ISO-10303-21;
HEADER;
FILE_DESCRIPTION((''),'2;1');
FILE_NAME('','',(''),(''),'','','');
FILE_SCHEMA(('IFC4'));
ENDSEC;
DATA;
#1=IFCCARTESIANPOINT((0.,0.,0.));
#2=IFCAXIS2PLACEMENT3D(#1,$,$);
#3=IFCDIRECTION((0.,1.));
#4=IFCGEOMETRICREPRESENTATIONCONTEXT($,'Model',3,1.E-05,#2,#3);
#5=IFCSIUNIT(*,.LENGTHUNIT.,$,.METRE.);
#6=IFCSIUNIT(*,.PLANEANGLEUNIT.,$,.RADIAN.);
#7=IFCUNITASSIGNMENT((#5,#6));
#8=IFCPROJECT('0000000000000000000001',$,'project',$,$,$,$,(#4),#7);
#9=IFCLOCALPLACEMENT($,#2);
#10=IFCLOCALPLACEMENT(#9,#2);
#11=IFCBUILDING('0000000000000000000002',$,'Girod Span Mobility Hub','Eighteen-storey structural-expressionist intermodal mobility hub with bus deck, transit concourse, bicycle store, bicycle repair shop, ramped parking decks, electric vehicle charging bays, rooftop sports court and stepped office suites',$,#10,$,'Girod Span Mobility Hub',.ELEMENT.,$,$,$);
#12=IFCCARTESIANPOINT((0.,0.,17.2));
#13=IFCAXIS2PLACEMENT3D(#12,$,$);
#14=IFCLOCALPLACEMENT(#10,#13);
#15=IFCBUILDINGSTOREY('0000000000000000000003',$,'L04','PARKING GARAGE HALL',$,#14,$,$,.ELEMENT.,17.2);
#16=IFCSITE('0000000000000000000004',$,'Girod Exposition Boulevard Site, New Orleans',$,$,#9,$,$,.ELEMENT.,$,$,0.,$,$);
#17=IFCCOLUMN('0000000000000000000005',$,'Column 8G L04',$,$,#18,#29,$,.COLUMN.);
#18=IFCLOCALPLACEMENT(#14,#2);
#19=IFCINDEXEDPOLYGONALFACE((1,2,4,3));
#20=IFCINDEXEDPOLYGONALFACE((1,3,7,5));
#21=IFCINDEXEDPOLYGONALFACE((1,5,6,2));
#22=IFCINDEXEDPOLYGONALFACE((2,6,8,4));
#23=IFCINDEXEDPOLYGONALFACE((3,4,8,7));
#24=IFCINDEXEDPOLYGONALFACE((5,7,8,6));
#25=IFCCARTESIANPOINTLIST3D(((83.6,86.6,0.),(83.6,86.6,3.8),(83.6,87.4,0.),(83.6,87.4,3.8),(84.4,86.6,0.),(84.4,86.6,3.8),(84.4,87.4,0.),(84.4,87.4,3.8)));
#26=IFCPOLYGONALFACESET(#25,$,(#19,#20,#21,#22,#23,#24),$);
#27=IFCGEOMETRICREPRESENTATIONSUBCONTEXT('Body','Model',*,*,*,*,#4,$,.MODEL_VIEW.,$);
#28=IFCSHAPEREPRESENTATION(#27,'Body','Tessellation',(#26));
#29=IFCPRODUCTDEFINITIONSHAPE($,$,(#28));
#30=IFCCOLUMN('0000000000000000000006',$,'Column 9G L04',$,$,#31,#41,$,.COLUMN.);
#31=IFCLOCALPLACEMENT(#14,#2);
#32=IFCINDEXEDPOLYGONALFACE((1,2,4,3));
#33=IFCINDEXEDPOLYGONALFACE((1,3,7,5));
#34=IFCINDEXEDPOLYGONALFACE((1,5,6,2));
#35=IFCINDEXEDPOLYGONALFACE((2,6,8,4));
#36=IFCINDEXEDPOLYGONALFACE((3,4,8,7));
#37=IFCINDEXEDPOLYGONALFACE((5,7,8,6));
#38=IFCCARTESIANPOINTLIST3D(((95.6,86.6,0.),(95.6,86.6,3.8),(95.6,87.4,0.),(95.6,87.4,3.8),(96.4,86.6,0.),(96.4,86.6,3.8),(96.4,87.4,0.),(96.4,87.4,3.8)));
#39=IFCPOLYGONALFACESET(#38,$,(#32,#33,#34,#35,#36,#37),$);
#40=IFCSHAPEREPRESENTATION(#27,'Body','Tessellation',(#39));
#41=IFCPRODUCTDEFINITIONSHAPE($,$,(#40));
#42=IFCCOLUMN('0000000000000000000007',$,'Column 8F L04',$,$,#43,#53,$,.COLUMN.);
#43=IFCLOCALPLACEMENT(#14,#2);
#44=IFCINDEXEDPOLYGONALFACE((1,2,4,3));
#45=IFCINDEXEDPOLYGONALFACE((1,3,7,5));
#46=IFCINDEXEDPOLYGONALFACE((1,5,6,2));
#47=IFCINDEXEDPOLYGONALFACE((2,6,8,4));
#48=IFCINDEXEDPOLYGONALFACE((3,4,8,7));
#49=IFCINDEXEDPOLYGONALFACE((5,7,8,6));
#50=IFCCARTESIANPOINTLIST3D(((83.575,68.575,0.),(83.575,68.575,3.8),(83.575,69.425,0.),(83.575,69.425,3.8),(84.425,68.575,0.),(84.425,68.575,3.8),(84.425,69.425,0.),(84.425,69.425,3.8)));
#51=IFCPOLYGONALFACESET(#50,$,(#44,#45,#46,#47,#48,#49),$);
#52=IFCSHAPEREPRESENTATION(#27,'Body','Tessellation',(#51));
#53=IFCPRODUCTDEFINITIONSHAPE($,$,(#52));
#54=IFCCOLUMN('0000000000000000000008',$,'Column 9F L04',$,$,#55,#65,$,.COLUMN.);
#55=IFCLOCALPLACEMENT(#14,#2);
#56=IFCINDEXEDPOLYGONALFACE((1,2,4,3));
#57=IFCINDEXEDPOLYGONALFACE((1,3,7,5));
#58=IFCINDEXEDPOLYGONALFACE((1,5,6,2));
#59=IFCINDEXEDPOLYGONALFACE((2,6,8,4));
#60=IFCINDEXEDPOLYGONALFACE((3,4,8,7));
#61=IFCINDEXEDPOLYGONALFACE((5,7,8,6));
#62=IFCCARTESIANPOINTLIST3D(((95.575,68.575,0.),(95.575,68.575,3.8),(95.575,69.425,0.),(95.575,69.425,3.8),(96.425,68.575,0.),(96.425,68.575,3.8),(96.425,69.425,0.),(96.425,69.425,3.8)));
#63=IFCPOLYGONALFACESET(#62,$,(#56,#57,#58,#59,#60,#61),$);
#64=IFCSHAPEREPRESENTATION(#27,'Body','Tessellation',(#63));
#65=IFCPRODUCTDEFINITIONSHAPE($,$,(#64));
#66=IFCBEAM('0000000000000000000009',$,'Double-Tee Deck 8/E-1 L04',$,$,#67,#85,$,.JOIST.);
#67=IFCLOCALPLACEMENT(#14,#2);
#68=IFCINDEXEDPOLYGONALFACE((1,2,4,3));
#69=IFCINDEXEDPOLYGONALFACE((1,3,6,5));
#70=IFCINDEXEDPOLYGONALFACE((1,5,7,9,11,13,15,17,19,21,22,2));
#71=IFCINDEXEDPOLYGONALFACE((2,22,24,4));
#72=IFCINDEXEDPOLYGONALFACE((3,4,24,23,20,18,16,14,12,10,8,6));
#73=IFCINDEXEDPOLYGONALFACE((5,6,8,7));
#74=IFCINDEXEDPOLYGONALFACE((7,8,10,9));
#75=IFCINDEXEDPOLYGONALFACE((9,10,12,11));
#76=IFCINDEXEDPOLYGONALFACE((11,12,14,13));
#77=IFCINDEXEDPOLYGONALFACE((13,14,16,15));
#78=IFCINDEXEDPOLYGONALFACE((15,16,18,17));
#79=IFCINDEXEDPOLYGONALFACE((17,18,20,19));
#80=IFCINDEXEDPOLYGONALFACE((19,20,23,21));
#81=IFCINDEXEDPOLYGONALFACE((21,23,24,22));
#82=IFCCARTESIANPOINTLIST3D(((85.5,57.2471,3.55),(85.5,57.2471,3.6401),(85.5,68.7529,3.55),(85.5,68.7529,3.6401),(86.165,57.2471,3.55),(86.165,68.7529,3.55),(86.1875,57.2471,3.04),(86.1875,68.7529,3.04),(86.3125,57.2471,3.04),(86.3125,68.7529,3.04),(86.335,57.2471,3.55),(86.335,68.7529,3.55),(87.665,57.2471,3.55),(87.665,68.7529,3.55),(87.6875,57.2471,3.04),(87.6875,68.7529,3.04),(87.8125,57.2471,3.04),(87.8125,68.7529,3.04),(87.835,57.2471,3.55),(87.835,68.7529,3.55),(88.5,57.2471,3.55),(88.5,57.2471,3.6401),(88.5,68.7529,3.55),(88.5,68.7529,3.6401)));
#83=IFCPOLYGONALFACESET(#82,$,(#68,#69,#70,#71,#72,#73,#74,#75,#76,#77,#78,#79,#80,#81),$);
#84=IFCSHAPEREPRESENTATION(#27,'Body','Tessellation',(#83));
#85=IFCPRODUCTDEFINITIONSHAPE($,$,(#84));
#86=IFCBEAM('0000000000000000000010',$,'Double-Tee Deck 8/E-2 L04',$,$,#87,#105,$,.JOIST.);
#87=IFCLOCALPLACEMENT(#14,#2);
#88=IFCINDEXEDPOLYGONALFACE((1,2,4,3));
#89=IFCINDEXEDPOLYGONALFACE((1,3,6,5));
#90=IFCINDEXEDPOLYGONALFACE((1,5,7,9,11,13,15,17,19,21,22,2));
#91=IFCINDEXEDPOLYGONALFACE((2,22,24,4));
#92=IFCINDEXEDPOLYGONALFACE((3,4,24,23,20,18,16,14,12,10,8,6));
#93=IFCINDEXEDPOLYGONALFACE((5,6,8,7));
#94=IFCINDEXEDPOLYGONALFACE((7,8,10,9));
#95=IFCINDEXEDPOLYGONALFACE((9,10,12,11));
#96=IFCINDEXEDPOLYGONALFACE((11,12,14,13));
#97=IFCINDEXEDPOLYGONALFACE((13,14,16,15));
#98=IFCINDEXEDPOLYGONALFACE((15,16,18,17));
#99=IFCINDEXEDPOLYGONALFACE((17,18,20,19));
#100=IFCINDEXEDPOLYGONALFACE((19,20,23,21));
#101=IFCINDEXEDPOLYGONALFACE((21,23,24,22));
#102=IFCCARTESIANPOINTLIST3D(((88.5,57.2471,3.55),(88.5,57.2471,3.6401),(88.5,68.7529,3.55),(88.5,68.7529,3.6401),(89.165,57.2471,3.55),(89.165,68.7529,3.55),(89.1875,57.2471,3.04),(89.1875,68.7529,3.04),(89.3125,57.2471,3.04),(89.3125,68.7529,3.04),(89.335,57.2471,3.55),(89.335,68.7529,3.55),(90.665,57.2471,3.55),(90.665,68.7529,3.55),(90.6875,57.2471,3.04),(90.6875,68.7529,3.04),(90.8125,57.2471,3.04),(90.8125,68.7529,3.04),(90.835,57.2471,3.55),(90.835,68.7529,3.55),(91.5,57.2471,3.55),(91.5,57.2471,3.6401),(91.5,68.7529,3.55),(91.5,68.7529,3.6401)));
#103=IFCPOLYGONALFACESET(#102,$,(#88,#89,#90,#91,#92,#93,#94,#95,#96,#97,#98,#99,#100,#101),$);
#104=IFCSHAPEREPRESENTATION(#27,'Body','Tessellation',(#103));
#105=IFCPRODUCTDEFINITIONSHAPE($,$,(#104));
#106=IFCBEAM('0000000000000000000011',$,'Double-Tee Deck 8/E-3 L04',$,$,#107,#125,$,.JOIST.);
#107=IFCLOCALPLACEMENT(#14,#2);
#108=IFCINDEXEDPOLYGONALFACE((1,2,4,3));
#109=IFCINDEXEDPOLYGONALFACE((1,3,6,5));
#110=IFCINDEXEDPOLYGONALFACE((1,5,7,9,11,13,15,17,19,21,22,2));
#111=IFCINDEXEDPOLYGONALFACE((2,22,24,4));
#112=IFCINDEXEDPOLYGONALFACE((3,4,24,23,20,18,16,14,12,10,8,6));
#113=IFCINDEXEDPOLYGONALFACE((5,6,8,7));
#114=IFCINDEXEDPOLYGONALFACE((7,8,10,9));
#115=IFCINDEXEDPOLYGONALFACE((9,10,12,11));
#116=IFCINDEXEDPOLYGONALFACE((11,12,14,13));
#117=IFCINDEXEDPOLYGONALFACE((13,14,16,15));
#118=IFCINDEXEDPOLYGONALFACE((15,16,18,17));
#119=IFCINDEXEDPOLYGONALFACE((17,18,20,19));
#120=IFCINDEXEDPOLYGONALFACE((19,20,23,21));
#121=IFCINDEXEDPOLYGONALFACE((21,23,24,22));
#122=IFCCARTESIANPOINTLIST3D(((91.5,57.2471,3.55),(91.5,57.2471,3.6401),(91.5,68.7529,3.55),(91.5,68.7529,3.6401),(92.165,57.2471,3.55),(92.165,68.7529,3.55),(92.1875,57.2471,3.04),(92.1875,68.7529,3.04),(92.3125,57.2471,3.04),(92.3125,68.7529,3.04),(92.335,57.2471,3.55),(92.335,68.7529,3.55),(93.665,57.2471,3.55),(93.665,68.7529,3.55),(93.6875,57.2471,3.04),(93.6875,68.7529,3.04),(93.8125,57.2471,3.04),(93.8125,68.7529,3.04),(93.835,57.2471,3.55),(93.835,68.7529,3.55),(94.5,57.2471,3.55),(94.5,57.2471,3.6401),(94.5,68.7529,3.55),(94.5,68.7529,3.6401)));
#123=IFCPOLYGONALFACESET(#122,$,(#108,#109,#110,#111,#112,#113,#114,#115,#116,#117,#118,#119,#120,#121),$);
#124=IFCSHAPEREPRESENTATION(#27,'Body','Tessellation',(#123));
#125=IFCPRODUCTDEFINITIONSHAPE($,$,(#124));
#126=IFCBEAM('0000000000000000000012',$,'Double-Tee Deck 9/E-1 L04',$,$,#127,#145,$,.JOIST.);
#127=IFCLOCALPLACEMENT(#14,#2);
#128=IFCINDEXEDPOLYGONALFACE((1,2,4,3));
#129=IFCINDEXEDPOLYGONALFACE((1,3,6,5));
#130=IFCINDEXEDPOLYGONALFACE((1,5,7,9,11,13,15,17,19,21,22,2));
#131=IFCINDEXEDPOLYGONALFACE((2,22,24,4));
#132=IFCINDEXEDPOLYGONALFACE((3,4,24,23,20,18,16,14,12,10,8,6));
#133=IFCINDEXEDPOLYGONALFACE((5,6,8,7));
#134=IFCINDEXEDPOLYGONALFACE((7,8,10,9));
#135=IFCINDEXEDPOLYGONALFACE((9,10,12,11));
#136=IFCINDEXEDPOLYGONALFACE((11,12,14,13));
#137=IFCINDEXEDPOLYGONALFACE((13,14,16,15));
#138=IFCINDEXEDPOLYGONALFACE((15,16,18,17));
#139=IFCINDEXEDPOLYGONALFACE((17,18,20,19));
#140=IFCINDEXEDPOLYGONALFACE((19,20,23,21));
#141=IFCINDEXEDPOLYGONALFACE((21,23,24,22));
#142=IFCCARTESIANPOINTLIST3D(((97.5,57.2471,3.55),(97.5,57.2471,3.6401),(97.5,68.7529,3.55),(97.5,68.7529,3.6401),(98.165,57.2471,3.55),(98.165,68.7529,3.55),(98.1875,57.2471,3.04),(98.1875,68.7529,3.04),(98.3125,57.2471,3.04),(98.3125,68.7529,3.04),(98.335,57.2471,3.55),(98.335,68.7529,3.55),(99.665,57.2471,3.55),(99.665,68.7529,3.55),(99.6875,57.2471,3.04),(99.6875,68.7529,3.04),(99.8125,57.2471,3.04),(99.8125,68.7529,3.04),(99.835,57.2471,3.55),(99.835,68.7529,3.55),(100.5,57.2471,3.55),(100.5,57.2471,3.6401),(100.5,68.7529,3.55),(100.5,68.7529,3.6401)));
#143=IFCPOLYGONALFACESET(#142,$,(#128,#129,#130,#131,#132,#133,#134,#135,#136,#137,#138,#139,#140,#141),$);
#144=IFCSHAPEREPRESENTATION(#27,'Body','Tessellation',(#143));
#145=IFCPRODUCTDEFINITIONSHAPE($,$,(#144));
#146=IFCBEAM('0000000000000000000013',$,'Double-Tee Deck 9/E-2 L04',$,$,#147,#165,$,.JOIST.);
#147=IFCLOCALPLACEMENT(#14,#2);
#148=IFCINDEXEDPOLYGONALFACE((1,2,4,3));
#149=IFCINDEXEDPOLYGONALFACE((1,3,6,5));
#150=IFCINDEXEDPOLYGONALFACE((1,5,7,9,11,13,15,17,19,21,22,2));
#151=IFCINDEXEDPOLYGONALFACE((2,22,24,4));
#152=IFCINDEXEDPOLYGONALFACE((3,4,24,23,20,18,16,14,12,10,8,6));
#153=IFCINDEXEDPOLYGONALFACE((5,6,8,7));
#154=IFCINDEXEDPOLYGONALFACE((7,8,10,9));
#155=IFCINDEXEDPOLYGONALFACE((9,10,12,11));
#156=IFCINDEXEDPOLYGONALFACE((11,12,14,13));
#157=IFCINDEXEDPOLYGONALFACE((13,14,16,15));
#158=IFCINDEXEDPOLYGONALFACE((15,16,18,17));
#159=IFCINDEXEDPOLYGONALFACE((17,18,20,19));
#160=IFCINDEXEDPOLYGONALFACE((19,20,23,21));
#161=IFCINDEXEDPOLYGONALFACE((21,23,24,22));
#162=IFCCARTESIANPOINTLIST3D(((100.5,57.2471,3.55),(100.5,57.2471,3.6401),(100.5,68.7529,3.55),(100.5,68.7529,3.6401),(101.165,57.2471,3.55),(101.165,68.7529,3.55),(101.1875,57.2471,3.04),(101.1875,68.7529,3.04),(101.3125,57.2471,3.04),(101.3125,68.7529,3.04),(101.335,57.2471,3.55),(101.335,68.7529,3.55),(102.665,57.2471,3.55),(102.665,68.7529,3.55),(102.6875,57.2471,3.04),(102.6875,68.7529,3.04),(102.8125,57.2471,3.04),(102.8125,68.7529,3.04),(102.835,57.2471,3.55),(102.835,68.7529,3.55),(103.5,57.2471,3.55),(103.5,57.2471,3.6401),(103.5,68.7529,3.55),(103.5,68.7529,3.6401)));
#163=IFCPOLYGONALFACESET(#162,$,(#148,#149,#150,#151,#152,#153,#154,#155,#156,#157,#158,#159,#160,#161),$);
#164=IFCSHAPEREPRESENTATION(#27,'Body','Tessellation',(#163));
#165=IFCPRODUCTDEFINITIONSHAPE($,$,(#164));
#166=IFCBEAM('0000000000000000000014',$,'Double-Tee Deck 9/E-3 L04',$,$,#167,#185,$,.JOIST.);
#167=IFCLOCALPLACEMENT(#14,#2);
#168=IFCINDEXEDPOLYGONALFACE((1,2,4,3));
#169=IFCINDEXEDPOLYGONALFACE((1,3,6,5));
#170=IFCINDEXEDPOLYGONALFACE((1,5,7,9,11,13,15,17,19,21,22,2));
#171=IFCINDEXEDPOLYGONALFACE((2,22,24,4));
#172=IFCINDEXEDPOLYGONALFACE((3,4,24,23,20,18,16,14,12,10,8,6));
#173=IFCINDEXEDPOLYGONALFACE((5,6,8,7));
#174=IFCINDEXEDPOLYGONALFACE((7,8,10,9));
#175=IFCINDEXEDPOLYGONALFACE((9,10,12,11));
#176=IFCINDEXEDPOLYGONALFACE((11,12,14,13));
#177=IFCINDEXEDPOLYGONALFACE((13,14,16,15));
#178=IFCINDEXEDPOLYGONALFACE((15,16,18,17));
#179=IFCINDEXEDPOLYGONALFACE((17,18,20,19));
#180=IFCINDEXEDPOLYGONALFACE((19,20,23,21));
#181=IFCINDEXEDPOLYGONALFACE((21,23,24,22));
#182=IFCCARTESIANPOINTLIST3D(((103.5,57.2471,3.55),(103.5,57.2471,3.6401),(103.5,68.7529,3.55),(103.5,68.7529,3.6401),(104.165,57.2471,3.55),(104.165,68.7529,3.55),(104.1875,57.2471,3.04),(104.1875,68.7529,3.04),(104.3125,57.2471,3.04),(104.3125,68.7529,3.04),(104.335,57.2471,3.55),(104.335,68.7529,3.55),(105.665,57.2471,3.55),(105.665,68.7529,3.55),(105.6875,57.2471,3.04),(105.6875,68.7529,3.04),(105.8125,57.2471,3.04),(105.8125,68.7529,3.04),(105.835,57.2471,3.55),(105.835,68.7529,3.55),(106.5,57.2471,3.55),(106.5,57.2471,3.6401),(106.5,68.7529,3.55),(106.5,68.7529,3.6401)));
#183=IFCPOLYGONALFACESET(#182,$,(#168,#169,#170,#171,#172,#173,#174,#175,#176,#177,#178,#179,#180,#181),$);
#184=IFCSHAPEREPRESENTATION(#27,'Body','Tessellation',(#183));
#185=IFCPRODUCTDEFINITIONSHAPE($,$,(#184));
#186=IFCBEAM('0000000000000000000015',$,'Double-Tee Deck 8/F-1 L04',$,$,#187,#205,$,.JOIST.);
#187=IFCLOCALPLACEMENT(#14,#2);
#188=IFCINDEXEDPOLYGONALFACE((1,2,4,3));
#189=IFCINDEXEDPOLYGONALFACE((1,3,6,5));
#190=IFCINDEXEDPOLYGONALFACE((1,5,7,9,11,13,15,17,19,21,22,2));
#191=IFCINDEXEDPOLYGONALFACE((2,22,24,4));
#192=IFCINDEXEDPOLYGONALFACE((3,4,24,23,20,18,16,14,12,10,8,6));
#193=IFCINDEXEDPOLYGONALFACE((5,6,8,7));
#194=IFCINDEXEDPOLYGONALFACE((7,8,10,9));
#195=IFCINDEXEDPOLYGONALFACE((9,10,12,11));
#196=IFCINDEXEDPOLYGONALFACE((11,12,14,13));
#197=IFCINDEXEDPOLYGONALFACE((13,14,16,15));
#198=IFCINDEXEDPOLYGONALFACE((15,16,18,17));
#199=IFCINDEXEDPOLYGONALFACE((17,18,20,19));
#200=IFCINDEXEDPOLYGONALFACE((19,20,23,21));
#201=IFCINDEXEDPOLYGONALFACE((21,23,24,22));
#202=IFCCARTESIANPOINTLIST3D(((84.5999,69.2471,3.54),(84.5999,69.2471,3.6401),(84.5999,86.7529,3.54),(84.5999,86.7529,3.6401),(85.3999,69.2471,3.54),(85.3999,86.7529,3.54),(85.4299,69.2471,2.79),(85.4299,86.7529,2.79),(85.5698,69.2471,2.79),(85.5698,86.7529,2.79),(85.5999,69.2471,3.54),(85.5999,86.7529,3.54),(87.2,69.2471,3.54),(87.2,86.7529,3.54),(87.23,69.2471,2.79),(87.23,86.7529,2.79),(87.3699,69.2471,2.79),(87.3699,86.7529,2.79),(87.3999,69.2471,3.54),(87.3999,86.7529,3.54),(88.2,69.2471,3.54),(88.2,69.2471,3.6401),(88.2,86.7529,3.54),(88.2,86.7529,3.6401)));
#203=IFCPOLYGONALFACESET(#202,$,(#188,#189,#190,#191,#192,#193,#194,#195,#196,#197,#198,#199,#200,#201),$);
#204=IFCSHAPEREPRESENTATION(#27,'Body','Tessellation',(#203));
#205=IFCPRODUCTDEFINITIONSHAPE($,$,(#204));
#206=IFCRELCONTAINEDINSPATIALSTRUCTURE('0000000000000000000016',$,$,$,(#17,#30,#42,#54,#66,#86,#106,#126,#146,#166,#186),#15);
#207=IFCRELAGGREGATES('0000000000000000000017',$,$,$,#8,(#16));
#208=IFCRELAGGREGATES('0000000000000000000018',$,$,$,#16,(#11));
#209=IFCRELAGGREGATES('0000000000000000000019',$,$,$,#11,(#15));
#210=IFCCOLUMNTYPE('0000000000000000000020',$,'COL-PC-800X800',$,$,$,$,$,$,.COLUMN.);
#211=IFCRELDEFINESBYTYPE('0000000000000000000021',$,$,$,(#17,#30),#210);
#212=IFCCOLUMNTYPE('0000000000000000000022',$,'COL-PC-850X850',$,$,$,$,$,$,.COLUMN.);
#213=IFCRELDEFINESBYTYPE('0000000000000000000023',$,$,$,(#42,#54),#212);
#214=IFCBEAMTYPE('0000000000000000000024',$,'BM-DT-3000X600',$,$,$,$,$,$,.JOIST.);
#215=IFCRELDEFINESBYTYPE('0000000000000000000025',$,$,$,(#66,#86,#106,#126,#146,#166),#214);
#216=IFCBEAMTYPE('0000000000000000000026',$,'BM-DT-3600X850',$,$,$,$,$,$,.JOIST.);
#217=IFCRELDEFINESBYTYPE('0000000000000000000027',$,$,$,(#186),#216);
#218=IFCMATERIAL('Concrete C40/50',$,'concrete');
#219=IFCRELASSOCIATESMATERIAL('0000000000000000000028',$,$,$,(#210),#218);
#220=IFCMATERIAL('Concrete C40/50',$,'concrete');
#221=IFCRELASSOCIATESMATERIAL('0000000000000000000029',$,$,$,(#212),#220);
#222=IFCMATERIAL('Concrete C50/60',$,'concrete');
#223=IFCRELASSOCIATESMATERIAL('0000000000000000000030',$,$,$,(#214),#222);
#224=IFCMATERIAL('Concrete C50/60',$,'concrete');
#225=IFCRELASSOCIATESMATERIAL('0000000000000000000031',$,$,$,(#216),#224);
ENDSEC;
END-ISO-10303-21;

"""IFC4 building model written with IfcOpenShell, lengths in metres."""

from ifc_helpers import new_model, si_unit, direction, frame, origin, origin_2d, place, context, subcontext, project, spatial, polyline, rectangle, outline, extrude, material, material_profile, profile_set, type_object, element, save


model = new_model("IFC4")

# Units and contexts
model_context = context("Model", 3, precision=1e-05, world=origin(), true_north=direction((0.0, 1.0)))
body_context = subcontext(model_context, "Body", "Model", "MODEL_VIEW")
ifc_project = project(units=[si_unit("LENGTHUNIT", "METRE"), si_unit("PLANEANGLEUNIT", "RADIAN")], contexts=[model_context])

# Site, building, storey
site_placement = place(None, origin())
site = spatial("IfcSite", under=ifc_project, at=site_placement, Name="Girod Exposition Boulevard Site, New Orleans", CompositionType="ELEMENT", RefElevation=0.0)
building_placement = place(site_placement, origin())
building = spatial("IfcBuilding", under=site, at=building_placement, Name="Girod Span Mobility Hub", Description="Eighteen-storey structural-expressionist intermodal mobility hub with bus deck, transit concourse, bicycle store, bicycle repair shop, ramped parking decks, electric vehicle charging bays, rooftop sports court and stepped office suites", LongName="Girod Span Mobility Hub", CompositionType="ELEMENT")
storey_placement = place(building_placement, frame((0.0, 0.0, 17.2)))
storey = spatial("IfcBuildingStorey", under=building, at=storey_placement, Name="L04", Description="PARKING GARAGE HALL", CompositionType="ELEMENT", Elevation=17.2)

# Columns
ifc_material_1 = material(Name="Concrete C40/50", Category="concrete")
ifc_material_profile_1 = material_profile(ifc_material_1, rectangle(XDim=0.8, YDim=0.8, at=origin_2d()), Name="PC-COL-800X800")
ifc_profile_set_1 = profile_set([ifc_material_profile_1], Name="Concrete C40/50")
column_type_1 = type_object("IfcColumnType", Name="COL-PC-800X800", PredefinedType="COLUMN", material=ifc_profile_set_1)
for number, where, z_axis, x_axis, name in (
    (1, (84.0, 87.0, 0.0), (0.0, 0.0, 1.0), (1.0, 0.0, 0.0), "Column 8G L04"),
    (2, (96.0, 87.0, 0.0), (0.0, 0.0, 1.0), (1.0, 0.0, 0.0), "Column 9G L04"),
):
    element("IfcColumn", number, at=place(storey_placement, frame(where, z_axis=z_axis, x_axis=x_axis)), inside=storey, type_object=column_type_1, Name=name, PredefinedType="COLUMN", context=body_context, shape_type="SweptSolid", body=[
        extrude(rectangle(XDim=0.8, YDim=0.8, at=origin_2d()), origin(), (0.0, 0.0, 1.0), 3.8),
    ])
ifc_material_2 = material(Name="Concrete C40/50", Category="concrete")
ifc_material_profile_2 = material_profile(ifc_material_2, rectangle(XDim=0.8501, YDim=0.8501, at=origin_2d()), Name="PC-COL-850X850")
ifc_profile_set_2 = profile_set([ifc_material_profile_2], Name="Concrete C40/50")
column_type_2 = type_object("IfcColumnType", Name="COL-PC-850X850", PredefinedType="COLUMN", material=ifc_profile_set_2)
for number, where, z_axis, x_axis, name in (
    (3, (84.0, 69.0, 0.0), (0.0, 0.0, 1.0), (1.0, 0.0, 0.0), "Column 8F L04"),
    (4, (96.0, 69.0, 0.0), (0.0, 0.0, 1.0), (1.0, 0.0, 0.0), "Column 9F L04"),
):
    element("IfcColumn", number, at=place(storey_placement, frame(where, z_axis=z_axis, x_axis=x_axis)), inside=storey, type_object=column_type_2, Name=name, PredefinedType="COLUMN", context=body_context, shape_type="SweptSolid", body=[
        extrude(rectangle(XDim=0.8501, YDim=0.8501, at=origin_2d()), origin(), (0.0, 0.0, 1.0), 3.8),
    ])

# Beams
ifc_material_3 = material(Name="Concrete C50/60", Category="concrete")
ifc_material_profile_3 = material_profile(ifc_material_3, outline(polyline([(-1.5, 0.3), (-1.5, 0.21), (-0.835, 0.21), (-0.8125, -0.3), (-0.6875, -0.3), (-0.665, 0.21), (0.665, 0.21), (0.6875, -0.3), (0.8125, -0.3), (0.835, 0.21), (1.5, 0.21), (1.5, 0.3), (-1.5, 0.3)])), Name="DT-3000X600")
ifc_profile_set_3 = profile_set([ifc_material_profile_3], Name="Concrete C50/60")
beam_type_1 = type_object("IfcBeamType", Name="BM-DT-3000X600", PredefinedType="JOIST", material=ifc_profile_set_3)
for number, where, z_axis, x_axis, name in (
    (5, (87.0, 57.2471, 3.3401), (0.0, 1.0, 0.0), (-1.0, 0.0, 0.0), "Double-Tee Deck 8/E-1 L04"),
    (6, (90.0, 57.2471, 3.3401), (0.0, 1.0, 0.0), (-1.0, 0.0, 0.0), "Double-Tee Deck 8/E-2 L04"),
    (7, (93.0, 57.2471, 3.3401), (0.0, 1.0, 0.0), (-1.0, 0.0, 0.0), "Double-Tee Deck 8/E-3 L04"),
    (8, (99.0, 57.2471, 3.3401), (0.0, 1.0, 0.0), (-1.0, 0.0, 0.0), "Double-Tee Deck 9/E-1 L04"),
    (9, (102.0, 57.2471, 3.3401), (0.0, 1.0, 0.0), (-1.0, 0.0, 0.0), "Double-Tee Deck 9/E-2 L04"),
    (10, (105.0, 57.2471, 3.3401), (0.0, 1.0, 0.0), (-1.0, 0.0, 0.0), "Double-Tee Deck 9/E-3 L04"),
):
    element("IfcBeam", number, at=place(storey_placement, frame(where, z_axis=z_axis, x_axis=x_axis)), inside=storey, type_object=beam_type_1, Name=name, PredefinedType="JOIST", context=body_context, shape_type="SweptSolid", body=[
        extrude(outline(polyline([(-1.5, 0.3), (-1.5, 0.21), (-0.835, 0.21), (-0.8125, -0.3), (-0.6875, -0.3), (-0.665, 0.21), (0.665, 0.21), (0.6875, -0.3), (0.8125, -0.3), (0.835, 0.21), (1.5, 0.21), (1.5, 0.3), (-1.5, 0.3)])), origin(), (0.0, 0.0, 1.0), 11.5059),
    ])
ifc_material_4 = material(Name="Concrete C50/60", Category="concrete")
ifc_material_profile_4 = material_profile(ifc_material_4, outline(polyline([(-1.8, 0.425), (-1.8, 0.325), (-1.0, 0.325), (-0.97, -0.425), (-0.8301, -0.425), (-0.8, 0.325), (0.8, 0.325), (0.8301, -0.425), (0.97, -0.425), (1.0, 0.325), (1.8, 0.325), (1.8, 0.425), (-1.8, 0.425)])), Name="DT-3600X850")
ifc_profile_set_4 = profile_set([ifc_material_profile_4], Name="Concrete C50/60")
beam_type_2 = type_object("IfcBeamType", Name="BM-DT-3600X850", PredefinedType="JOIST", material=ifc_profile_set_4)
for number, where, z_axis, x_axis, name in (
    (11, (86.3999, 69.2471, 3.2151), (0.0, 1.0, 0.0), (-1.0, 0.0, 0.0), "Double-Tee Deck 8/F-1 L04"),
):
    element("IfcBeam", number, at=place(storey_placement, frame(where, z_axis=z_axis, x_axis=x_axis)), inside=storey, type_object=beam_type_2, Name=name, PredefinedType="JOIST", context=body_context, shape_type="SweptSolid", body=[
        extrude(outline(polyline([(-1.8, 0.425), (-1.8, 0.325), (-1.0, 0.325), (-0.97, -0.425), (-0.8301, -0.425), (-0.8, 0.325), (0.8, 0.325), (0.8301, -0.425), (0.97, -0.425), (1.0, 0.325), (1.8, 0.325), (1.8, 0.425), (-1.8, 0.425)])), origin(), (0.0, 0.0, 1.0), 17.5059),
    ])

save(model, "model.ifc")
